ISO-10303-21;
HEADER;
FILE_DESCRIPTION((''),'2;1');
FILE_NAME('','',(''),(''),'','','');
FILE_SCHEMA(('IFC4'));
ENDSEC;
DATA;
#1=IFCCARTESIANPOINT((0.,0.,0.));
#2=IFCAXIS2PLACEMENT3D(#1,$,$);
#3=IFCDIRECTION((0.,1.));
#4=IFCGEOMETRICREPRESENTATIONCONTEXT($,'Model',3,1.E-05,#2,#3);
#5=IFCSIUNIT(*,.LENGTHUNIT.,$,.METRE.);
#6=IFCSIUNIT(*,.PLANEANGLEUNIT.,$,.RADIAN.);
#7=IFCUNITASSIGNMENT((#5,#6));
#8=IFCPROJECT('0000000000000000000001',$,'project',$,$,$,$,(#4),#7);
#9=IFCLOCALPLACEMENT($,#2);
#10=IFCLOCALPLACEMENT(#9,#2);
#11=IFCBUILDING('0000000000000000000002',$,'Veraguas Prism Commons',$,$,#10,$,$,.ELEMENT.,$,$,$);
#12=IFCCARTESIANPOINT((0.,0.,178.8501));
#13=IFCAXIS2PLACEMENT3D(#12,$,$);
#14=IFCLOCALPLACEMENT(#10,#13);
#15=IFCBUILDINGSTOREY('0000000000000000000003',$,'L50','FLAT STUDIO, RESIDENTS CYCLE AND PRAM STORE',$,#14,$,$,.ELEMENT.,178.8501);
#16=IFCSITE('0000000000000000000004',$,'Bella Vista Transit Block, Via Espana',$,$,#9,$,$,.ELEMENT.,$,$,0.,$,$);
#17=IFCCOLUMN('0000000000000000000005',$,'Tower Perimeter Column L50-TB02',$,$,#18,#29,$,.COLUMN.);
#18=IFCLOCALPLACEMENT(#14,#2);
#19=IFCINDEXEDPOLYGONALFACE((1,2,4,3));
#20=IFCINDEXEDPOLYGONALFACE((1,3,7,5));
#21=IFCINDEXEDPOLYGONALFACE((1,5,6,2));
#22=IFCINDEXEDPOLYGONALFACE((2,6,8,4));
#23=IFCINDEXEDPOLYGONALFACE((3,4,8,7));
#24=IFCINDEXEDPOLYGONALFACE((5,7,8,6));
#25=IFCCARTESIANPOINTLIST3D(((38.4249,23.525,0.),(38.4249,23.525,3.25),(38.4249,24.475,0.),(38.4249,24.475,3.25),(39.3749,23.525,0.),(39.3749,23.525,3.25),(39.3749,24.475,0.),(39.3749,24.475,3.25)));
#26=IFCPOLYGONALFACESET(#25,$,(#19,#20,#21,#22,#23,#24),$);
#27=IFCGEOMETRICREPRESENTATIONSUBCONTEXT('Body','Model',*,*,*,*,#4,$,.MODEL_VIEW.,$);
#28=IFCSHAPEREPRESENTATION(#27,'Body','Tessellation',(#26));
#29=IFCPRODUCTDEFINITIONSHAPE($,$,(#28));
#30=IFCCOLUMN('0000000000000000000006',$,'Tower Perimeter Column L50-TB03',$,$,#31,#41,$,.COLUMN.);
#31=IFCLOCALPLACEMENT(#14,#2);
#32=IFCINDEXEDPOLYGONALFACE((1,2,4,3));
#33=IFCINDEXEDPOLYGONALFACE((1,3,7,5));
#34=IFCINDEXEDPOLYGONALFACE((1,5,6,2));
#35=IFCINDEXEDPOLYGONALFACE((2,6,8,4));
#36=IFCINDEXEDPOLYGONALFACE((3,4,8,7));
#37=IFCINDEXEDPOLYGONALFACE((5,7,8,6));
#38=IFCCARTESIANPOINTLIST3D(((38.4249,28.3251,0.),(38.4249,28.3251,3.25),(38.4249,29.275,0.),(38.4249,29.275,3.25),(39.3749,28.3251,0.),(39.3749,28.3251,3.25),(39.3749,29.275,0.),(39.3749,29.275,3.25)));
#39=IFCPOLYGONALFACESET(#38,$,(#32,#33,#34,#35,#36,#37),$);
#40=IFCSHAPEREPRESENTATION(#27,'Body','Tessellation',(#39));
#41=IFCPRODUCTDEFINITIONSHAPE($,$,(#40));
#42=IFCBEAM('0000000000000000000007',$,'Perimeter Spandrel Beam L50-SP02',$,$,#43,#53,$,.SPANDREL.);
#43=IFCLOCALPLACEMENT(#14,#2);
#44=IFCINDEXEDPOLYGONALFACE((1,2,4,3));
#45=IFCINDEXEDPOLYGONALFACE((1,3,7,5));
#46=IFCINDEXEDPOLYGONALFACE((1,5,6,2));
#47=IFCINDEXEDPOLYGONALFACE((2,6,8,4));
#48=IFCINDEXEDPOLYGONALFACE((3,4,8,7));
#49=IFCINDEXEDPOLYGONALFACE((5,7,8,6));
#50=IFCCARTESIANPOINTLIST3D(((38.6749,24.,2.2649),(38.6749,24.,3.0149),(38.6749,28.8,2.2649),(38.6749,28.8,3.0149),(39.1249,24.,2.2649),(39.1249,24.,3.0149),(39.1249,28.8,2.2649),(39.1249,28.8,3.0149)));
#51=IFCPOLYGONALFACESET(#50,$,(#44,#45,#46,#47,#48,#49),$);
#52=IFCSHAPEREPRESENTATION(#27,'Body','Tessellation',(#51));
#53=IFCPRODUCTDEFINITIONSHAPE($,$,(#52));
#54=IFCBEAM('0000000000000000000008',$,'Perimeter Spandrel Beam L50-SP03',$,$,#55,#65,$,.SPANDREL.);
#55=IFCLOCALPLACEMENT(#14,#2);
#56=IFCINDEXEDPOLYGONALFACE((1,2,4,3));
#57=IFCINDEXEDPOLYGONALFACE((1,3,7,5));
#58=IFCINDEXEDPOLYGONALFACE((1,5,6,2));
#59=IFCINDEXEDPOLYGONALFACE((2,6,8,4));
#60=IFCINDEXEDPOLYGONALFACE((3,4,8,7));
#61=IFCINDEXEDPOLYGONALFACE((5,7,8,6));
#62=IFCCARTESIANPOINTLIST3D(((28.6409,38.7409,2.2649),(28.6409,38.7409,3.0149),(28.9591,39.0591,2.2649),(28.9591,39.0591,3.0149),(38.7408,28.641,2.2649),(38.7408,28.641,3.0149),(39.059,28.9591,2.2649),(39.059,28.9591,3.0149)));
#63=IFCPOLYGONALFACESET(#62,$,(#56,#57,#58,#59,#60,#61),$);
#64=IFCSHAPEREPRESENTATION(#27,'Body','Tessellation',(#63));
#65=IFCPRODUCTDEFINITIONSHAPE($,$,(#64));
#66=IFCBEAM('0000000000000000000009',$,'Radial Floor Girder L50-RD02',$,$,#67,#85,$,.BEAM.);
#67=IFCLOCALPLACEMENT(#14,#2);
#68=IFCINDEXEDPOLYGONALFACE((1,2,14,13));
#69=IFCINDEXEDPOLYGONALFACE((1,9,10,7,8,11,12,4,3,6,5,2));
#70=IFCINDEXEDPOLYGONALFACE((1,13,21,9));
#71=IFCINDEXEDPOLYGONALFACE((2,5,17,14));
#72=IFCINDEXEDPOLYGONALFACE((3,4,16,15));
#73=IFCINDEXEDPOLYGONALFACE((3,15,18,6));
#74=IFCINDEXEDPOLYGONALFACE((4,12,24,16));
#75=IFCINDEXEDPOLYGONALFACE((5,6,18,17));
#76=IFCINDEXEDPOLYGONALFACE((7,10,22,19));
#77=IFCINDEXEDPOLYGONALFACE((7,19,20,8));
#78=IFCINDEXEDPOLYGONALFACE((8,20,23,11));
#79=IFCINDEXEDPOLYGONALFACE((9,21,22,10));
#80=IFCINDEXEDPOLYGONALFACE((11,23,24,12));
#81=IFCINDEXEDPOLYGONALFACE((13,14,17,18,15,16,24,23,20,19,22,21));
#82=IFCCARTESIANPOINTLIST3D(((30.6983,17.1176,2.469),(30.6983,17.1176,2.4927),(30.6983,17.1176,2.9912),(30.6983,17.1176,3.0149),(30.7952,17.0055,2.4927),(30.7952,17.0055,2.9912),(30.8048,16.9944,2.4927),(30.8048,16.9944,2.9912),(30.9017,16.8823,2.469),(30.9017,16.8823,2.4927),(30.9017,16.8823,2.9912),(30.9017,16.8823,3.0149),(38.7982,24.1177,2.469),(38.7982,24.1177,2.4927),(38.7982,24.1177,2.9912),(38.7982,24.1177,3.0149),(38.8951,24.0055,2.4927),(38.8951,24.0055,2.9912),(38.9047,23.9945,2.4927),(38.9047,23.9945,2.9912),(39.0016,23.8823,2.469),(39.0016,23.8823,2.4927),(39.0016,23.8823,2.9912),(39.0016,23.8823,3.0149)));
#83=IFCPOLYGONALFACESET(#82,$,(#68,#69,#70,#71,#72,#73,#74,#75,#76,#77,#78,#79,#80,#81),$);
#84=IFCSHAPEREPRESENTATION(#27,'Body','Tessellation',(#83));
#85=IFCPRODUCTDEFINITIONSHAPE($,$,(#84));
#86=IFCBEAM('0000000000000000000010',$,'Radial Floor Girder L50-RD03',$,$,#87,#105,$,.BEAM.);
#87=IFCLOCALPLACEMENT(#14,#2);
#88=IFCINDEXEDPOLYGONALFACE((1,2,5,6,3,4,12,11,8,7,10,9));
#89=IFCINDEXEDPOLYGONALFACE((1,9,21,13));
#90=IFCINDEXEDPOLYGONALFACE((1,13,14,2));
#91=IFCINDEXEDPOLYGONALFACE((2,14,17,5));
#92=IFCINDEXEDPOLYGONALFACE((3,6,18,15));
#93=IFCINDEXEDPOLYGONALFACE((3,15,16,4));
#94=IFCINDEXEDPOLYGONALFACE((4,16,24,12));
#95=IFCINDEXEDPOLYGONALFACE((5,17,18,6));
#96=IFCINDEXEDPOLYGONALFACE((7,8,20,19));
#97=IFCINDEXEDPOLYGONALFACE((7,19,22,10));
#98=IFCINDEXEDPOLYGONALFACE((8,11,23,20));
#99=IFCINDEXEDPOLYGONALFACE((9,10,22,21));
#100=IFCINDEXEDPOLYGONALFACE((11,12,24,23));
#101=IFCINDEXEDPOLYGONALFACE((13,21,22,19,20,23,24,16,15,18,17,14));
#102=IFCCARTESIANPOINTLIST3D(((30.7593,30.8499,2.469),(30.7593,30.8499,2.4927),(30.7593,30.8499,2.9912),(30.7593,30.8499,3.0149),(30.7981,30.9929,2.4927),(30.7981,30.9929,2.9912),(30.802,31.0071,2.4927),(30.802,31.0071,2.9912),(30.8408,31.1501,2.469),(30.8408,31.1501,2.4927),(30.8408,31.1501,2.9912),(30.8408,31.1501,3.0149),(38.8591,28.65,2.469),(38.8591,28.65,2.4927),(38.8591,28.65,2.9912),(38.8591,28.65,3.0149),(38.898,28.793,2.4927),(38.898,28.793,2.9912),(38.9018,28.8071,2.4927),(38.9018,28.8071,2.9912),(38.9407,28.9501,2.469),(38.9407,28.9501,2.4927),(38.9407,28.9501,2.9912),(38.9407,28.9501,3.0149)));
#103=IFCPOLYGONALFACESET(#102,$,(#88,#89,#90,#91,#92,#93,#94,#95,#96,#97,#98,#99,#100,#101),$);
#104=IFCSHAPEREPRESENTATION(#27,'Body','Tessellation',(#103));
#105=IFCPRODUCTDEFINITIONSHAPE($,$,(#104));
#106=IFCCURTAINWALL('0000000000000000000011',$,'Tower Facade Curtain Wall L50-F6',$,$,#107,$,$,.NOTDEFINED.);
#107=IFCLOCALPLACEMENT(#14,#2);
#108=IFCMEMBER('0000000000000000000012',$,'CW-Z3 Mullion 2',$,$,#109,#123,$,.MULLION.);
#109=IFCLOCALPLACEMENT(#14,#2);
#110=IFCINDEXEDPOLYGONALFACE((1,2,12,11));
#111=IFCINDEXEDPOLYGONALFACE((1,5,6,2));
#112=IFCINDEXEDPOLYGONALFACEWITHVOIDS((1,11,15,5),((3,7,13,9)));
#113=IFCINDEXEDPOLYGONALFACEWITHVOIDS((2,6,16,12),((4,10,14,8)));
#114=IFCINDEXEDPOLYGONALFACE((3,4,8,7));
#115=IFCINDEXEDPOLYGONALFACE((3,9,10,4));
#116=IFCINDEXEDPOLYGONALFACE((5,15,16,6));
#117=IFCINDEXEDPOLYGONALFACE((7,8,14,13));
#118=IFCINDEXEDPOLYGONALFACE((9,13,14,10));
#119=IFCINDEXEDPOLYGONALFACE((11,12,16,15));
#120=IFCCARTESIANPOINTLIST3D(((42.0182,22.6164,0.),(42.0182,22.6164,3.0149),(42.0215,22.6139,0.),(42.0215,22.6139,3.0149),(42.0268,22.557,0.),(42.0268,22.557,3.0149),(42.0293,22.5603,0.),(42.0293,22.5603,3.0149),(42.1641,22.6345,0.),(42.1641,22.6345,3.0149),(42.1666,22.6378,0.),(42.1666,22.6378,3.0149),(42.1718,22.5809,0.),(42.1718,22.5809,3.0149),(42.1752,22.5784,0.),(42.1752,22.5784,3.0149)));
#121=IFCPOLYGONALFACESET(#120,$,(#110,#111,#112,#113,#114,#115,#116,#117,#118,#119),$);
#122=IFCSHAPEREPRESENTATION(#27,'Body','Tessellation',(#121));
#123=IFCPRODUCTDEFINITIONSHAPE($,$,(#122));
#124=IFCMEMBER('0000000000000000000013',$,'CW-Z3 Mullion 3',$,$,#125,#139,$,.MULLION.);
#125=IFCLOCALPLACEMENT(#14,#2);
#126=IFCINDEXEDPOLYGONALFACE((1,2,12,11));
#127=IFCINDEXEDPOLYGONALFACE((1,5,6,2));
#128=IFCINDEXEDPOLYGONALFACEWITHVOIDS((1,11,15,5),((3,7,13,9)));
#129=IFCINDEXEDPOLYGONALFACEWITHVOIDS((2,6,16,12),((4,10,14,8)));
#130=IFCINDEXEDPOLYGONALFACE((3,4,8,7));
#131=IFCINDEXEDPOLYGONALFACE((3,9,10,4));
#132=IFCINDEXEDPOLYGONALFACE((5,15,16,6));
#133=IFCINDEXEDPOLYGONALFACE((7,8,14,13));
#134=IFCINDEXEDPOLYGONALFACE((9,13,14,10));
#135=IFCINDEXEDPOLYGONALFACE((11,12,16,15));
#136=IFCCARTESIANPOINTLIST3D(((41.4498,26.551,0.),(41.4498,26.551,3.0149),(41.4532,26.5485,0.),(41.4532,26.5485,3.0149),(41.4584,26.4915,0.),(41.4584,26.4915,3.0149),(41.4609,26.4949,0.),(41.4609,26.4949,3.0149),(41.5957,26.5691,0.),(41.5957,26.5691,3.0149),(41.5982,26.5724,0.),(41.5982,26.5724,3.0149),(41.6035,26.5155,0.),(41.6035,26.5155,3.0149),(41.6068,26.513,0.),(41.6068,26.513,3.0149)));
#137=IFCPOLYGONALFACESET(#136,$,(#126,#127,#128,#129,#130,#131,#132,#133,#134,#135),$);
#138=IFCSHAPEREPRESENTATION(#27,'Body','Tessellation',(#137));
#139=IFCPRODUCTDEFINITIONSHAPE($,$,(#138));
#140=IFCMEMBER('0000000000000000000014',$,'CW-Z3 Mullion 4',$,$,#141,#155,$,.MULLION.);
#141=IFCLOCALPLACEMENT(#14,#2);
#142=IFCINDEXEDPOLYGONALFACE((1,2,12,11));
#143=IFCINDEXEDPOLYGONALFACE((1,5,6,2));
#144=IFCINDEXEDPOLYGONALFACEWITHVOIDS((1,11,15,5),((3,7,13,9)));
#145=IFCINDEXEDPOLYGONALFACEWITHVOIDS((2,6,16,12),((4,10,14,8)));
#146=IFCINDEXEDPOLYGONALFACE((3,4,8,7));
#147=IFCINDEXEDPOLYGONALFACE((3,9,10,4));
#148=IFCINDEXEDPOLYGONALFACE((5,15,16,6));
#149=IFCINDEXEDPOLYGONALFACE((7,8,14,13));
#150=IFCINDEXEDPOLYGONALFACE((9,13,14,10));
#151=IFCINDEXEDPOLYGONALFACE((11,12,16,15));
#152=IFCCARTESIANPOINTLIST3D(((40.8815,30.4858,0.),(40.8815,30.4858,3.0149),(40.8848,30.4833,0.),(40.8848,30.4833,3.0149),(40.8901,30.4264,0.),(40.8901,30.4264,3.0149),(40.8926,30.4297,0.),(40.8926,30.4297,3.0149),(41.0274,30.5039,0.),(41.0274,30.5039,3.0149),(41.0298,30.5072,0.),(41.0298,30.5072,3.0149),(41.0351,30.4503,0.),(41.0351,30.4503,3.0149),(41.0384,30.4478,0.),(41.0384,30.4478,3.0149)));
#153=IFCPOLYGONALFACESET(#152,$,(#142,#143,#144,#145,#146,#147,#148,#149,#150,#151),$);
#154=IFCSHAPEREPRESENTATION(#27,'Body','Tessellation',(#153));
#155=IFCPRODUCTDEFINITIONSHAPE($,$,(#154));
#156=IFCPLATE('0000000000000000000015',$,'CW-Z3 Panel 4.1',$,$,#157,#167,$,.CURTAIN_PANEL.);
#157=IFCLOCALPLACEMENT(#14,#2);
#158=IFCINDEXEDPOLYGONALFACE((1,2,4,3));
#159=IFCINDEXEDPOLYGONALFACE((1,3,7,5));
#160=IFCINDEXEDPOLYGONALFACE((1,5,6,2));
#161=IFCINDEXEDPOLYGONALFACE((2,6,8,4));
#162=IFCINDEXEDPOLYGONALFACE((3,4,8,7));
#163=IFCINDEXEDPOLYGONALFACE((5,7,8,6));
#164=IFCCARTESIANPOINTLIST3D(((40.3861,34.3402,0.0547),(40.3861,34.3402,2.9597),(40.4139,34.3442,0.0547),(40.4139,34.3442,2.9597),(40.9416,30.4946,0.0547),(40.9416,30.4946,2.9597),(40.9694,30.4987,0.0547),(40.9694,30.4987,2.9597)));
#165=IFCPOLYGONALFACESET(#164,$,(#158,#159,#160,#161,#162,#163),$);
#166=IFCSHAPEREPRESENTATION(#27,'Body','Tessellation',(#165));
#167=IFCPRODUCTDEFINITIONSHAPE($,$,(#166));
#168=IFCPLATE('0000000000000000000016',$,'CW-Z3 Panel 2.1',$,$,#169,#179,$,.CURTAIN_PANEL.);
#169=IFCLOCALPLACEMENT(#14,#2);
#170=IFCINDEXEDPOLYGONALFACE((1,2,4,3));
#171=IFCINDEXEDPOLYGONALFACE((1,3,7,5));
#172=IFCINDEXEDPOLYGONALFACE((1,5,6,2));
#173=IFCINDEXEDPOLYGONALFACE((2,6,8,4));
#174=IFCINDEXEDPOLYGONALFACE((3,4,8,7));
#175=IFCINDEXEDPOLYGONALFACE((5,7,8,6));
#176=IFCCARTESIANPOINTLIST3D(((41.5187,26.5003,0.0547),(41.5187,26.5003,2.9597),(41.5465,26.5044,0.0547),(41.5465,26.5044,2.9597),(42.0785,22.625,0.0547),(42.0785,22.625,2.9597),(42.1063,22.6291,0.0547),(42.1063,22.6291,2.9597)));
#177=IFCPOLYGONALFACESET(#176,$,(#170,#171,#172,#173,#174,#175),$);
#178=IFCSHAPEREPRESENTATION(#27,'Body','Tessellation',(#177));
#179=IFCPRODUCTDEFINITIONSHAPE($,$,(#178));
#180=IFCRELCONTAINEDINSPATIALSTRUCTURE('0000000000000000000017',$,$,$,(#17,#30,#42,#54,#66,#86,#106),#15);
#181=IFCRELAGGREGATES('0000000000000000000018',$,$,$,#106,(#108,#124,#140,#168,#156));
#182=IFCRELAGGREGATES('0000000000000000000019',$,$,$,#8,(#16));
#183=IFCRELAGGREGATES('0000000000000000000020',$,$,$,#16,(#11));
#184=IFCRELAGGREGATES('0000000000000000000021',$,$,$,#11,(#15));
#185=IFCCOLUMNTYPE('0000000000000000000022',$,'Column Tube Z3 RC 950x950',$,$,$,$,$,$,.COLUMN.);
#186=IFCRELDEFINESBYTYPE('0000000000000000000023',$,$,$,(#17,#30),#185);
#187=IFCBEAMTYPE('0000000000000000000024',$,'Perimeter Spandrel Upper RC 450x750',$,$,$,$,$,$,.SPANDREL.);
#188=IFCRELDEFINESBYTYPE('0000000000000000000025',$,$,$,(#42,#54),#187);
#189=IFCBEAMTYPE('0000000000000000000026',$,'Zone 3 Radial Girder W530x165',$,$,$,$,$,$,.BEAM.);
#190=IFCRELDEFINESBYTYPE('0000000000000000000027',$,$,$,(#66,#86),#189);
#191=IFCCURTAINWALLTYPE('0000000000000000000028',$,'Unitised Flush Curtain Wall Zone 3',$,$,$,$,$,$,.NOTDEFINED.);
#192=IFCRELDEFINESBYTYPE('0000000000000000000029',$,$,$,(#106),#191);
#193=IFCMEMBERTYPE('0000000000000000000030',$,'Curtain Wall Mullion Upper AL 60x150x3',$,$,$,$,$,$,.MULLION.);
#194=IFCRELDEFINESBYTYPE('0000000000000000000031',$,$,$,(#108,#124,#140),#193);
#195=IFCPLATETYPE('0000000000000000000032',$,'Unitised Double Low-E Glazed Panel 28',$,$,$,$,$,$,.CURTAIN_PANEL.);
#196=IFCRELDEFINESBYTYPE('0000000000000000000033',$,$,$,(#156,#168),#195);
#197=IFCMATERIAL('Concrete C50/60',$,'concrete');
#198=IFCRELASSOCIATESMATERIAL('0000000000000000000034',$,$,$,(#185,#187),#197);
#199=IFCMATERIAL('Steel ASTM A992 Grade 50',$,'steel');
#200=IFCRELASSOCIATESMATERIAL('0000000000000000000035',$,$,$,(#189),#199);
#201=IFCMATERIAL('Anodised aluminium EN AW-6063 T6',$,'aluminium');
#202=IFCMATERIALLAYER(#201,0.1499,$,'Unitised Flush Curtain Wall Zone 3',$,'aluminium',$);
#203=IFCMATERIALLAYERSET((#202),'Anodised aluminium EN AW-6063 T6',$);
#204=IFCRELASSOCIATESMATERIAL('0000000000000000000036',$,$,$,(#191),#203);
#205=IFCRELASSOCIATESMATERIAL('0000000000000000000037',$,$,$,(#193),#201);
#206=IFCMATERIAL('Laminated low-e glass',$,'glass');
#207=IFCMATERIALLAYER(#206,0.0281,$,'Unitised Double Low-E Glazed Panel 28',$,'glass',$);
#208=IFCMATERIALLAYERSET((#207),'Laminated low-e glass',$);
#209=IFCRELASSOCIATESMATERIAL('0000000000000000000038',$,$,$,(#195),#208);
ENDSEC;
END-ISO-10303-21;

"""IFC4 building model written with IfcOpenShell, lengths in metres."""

from ifc_helpers import new_model, si_unit, direction, frame, origin, origin_2d, place, context, subcontext, project, spatial, rectangle, hollow_rectangle, i_section, extrude, source, transform, mapped, material, layer, layer_set, material_profile, profile_set, type_object, element, aggregate, save


model = new_model("IFC4")

# Units and contexts
model_context = context("Model", 3, precision=1e-05, world=origin(), true_north=direction((0.0, 1.0)))
body_context = subcontext(model_context, "Body", "Model", "MODEL_VIEW")
ifc_project = project(units=[si_unit("LENGTHUNIT", "METRE"), si_unit("PLANEANGLEUNIT", "RADIAN")], contexts=[model_context])

# Site, building, storey
site_placement = place(None, origin())
site = spatial("IfcSite", under=ifc_project, at=site_placement, Name="Bella Vista Transit Block, Via Espana", CompositionType="ELEMENT", RefElevation=0.0)
building_placement = place(site_placement, origin())
building = spatial("IfcBuilding", under=site, at=building_placement, Name="Veraguas Prism Commons", CompositionType="ELEMENT")
storey_placement = place(building_placement, frame((0.0, 0.0, 178.8501)))
storey = spatial("IfcBuildingStorey", under=building, at=storey_placement, Name="L50", Description="FLAT STUDIO, RESIDENTS CYCLE AND PRAM STORE", CompositionType="ELEMENT", Elevation=178.8501)

# Columns
ifc_material_1 = material(Name="Concrete C50/60", Category="concrete")
ifc_material_profile_1 = material_profile(ifc_material_1, rectangle(XDim=0.95, YDim=0.95, at=origin_2d()), Name="RC950X950")
ifc_profile_set_1 = profile_set([ifc_material_profile_1], Name="Concrete C50/60")
column_type = type_object("IfcColumnType", Name="Column Tube Z3 RC 950x950", PredefinedType="COLUMN", material=ifc_profile_set_1)
for number, where, z_axis, x_axis, name in (
    (1, (38.8999, 24.0, 0.0), (0.0, 0.0, 1.0), (1.0, 0.0, 0.0), "Tower Perimeter Column L50-TB02"),
    (2, (38.8999, 28.8, 0.0), (0.0, 0.0, 1.0), (1.0, 0.0, 0.0), "Tower Perimeter Column L50-TB03"),
):
    element("IfcColumn", number, at=place(storey_placement, frame(where, z_axis=z_axis, x_axis=x_axis)), inside=storey, type_object=column_type, Name=name, PredefinedType="COLUMN", context=body_context, shape_type="SweptSolid", body=[
        extrude(rectangle(XDim=0.95, YDim=0.95, at=origin_2d()), origin(), (0.0, 0.0, 1.0), 3.25),
    ])

# Beams
ifc_material_profile_2 = material_profile(ifc_material_1, rectangle(XDim=0.45, YDim=0.75, at=origin_2d()), Name="RC450X750")
ifc_profile_set_2 = profile_set([ifc_material_profile_2], Name="Concrete C50/60")
beam_type_1 = type_object("IfcBeamType", Name="Perimeter Spandrel Upper RC 450x750", PredefinedType="SPANDREL", material=ifc_profile_set_2)
beam_1_placement = place(storey_placement, frame((38.8999, 24.0, 2.6399), z_axis=(0.0, 1.0, 0.0), x_axis=(-1.0, 0.0, 0.0)))
element("IfcBeam", 3, at=beam_1_placement, inside=storey, type_object=beam_type_1, Name="Perimeter Spandrel Beam L50-SP02", PredefinedType="SPANDREL", context=body_context, shape_type="SweptSolid", body=[
    extrude(rectangle(XDim=0.45, YDim=0.75, at=origin_2d()), origin(), (0.0, 0.0, 1.0), 4.8),
])
beam_2_placement = place(storey_placement, frame((38.8999, 28.8, 2.6399), z_axis=(-0.707107, 0.707107, 0.0), x_axis=(-0.707107, -0.707107, 0.0)))
element("IfcBeam", 4, at=beam_2_placement, inside=storey, type_object=beam_type_1, Name="Perimeter Spandrel Beam L50-SP03", PredefinedType="SPANDREL", context=body_context, shape_type="SweptSolid", body=[
    extrude(rectangle(XDim=0.45, YDim=0.75, at=origin_2d()), origin(), (0.0, 0.0, 1.0), 14.2834),
])
ifc_material_2 = material(Name="Steel ASTM A992 Grade 50", Category="steel")
ifc_material_profile_3 = material_profile(ifc_material_2, i_section(OverallWidth=0.311, OverallDepth=0.5459, WebThickness=0.0146, FlangeThickness=0.0237, at=origin_2d()), Name="W530X165")
ifc_profile_set_3 = profile_set([ifc_material_profile_3], Name="Steel ASTM A992 Grade 50")
beam_type_2 = type_object("IfcBeamType", Name="Zone 3 Radial Girder W530x165", PredefinedType="BEAM", material=ifc_profile_set_3)
beam_3_placement = place(storey_placement, frame((38.8999, 24.0, 2.7419), z_axis=(-0.756607, -0.65387, 0.0), x_axis=(0.65387, -0.756607, 0.0)))
element("IfcBeam", 5, at=beam_3_placement, inside=storey, type_object=beam_type_2, Name="Radial Floor Girder L50-RD02", PredefinedType="BEAM", context=body_context, shape_type="SweptSolid", body=[
    extrude(i_section(OverallWidth=0.311, OverallDepth=0.5459, WebThickness=0.0146, FlangeThickness=0.0237, at=origin_2d()), origin(), (0.0, 0.0, 1.0), 10.7056),
])
beam_4_placement = place(storey_placement, frame((38.8999, 28.8, 2.7419), z_axis=(-0.965039, 0.262108, 0.0), x_axis=(-0.262108, -0.965039, 0.0)))
element("IfcBeam", 6, at=beam_4_placement, inside=storey, type_object=beam_type_2, Name="Radial Floor Girder L50-RD03", PredefinedType="BEAM", context=body_context, shape_type="SweptSolid", body=[
    extrude(i_section(OverallWidth=0.311, OverallDepth=0.5459, WebThickness=0.0146, FlangeThickness=0.0237, at=origin_2d()), origin(), (0.0, 0.0, 1.0), 8.3933),
])

# Curtain wall, members, plates
ifc_material_3 = material(Name="Anodised aluminium EN AW-6063 T6", Category="aluminium")
ifc_layer_1 = layer(ifc_material_3, 0.1499, Name="Unitised Flush Curtain Wall Zone 3", Category="aluminium")
ifc_layer_set_1 = layer_set([ifc_layer_1], Name="Anodised aluminium EN AW-6063 T6")
curtain_wall_type = type_object("IfcCurtainWallType", Name="Unitised Flush Curtain Wall Zone 3", PredefinedType="NOTDEFINED", material=ifc_layer_set_1)
curtain_wall_placement = place(storey_placement, origin())
curtain_wall = element("IfcCurtainWall", 7, at=curtain_wall_placement, inside=storey, type_object=curtain_wall_type, Name="Tower Facade Curtain Wall L50-F6", PredefinedType="NOTDEFINED")
ifc_material_profile_4 = material_profile(ifc_material_3, hollow_rectangle(XDim=0.0601, YDim=0.1499, WallThickness=0.0029, at=origin_2d()), Name="AL60X150X3")
ifc_profile_set_4 = profile_set([ifc_material_profile_4], Name="Anodised aluminium EN AW-6063 T6")
member_type = type_object("IfcMemberType", Name="Curtain Wall Mullion Upper AL 60x150x3", PredefinedType="MULLION", material=ifc_profile_set_4)
shared_shape_1 = source(origin(), body_context, "Body", "SweptSolid", [
    extrude(hollow_rectangle(XDim=0.0601, YDim=0.1499, WallThickness=0.0029, at=origin_2d()), origin(), (0.0, 0.0, 1.0), 3.0149),
])
member_1_placement = place(storey_placement, frame((42.0967, 22.5974, 0.0), z_axis=(0.0, 0.0, 1.0), x_axis=(-0.142973, 0.989727, 0.0)))
member_1 = element("IfcMember", 8, at=member_1_placement, type_object=member_type, Name="CW-Z3 Mullion 2", PredefinedType="MULLION", context=body_context, shape_type="MappedRepresentation", body=[
    mapped(shared_shape_1, transform((0.0, 0.0, 0.0), scale=1.0)),
])
member_2_placement = place(storey_placement, frame((41.5283, 26.532, 0.0), z_axis=(0.0, 0.0, 1.0), x_axis=(-0.142973, 0.989727, 0.0)))
member_2 = element("IfcMember", 9, at=member_2_placement, type_object=member_type, Name="CW-Z3 Mullion 3", PredefinedType="MULLION", context=body_context, shape_type="MappedRepresentation", body=[
    mapped(shared_shape_1, transform((0.0, 0.0, 0.0), scale=1.0)),
])
member_3_placement = place(storey_placement, frame((40.96, 30.4668, 0.0), z_axis=(0.0, 0.0, 1.0), x_axis=(-0.142973, 0.989727, 0.0)))
member_3 = element("IfcMember", 10, at=member_3_placement, type_object=member_type, Name="CW-Z3 Mullion 4", PredefinedType="MULLION", context=body_context, shape_type="MappedRepresentation", body=[
    mapped(shared_shape_1, transform((0.0, 0.0, 0.0), scale=1.0)),
])
ifc_material_4 = material(Name="Laminated low-e glass", Category="glass")
ifc_layer_2 = layer(ifc_material_4, 0.0281, Name="Unitised Double Low-E Glazed Panel 28", Category="glass")
ifc_layer_set_2 = layer_set([ifc_layer_2], Name="Laminated low-e glass")
plate_type = type_object("IfcPlateType", Name="Unitised Double Low-E Glazed Panel 28", PredefinedType="CURTAIN_PANEL", material=ifc_layer_set_2)
shared_shape_2 = source(origin(), body_context, "Body", "SweptSolid", [
    extrude(rectangle(XDim=3.8855, YDim=0.0281, at=origin_2d()), origin(), (0.0, 0.0, 1.0), 2.905),
])
plate_1_placement = place(storey_placement, frame((40.6777, 32.4194, 0.0547), z_axis=(0.0, 0.0, 1.0), x_axis=(-0.142973, 0.989727, 0.0)))
plate_1 = element("IfcPlate", 11, at=plate_1_placement, type_object=plate_type, Name="CW-Z3 Panel 4.1", PredefinedType="CURTAIN_PANEL", context=body_context, shape_type="MappedRepresentation", body=[
    mapped(shared_shape_2, transform((0.0, 0.0, 0.0), scale=1.0)),
])
shared_shape_3 = source(origin(), body_context, "Body", "SweptSolid", [
    extrude(rectangle(XDim=3.9155, YDim=0.0281, at=origin_2d()), origin(), (0.0, 0.0, 1.0), 2.905),
])
plate_2_placement = place(storey_placement, frame((41.8125, 24.5647, 0.0547), z_axis=(0.0, 0.0, 1.0), x_axis=(-0.142973, 0.989727, 0.0)))
plate_2 = element("IfcPlate", 12, at=plate_2_placement, type_object=plate_type, Name="CW-Z3 Panel 2.1", PredefinedType="CURTAIN_PANEL", context=body_context, shape_type="MappedRepresentation", body=[
    mapped(shared_shape_3, transform((0.0, 0.0, 0.0), scale=1.0)),
])
aggregate(curtain_wall, [member_1, member_2, member_3, plate_2, plate_1])

save(model, "model.ifc")
